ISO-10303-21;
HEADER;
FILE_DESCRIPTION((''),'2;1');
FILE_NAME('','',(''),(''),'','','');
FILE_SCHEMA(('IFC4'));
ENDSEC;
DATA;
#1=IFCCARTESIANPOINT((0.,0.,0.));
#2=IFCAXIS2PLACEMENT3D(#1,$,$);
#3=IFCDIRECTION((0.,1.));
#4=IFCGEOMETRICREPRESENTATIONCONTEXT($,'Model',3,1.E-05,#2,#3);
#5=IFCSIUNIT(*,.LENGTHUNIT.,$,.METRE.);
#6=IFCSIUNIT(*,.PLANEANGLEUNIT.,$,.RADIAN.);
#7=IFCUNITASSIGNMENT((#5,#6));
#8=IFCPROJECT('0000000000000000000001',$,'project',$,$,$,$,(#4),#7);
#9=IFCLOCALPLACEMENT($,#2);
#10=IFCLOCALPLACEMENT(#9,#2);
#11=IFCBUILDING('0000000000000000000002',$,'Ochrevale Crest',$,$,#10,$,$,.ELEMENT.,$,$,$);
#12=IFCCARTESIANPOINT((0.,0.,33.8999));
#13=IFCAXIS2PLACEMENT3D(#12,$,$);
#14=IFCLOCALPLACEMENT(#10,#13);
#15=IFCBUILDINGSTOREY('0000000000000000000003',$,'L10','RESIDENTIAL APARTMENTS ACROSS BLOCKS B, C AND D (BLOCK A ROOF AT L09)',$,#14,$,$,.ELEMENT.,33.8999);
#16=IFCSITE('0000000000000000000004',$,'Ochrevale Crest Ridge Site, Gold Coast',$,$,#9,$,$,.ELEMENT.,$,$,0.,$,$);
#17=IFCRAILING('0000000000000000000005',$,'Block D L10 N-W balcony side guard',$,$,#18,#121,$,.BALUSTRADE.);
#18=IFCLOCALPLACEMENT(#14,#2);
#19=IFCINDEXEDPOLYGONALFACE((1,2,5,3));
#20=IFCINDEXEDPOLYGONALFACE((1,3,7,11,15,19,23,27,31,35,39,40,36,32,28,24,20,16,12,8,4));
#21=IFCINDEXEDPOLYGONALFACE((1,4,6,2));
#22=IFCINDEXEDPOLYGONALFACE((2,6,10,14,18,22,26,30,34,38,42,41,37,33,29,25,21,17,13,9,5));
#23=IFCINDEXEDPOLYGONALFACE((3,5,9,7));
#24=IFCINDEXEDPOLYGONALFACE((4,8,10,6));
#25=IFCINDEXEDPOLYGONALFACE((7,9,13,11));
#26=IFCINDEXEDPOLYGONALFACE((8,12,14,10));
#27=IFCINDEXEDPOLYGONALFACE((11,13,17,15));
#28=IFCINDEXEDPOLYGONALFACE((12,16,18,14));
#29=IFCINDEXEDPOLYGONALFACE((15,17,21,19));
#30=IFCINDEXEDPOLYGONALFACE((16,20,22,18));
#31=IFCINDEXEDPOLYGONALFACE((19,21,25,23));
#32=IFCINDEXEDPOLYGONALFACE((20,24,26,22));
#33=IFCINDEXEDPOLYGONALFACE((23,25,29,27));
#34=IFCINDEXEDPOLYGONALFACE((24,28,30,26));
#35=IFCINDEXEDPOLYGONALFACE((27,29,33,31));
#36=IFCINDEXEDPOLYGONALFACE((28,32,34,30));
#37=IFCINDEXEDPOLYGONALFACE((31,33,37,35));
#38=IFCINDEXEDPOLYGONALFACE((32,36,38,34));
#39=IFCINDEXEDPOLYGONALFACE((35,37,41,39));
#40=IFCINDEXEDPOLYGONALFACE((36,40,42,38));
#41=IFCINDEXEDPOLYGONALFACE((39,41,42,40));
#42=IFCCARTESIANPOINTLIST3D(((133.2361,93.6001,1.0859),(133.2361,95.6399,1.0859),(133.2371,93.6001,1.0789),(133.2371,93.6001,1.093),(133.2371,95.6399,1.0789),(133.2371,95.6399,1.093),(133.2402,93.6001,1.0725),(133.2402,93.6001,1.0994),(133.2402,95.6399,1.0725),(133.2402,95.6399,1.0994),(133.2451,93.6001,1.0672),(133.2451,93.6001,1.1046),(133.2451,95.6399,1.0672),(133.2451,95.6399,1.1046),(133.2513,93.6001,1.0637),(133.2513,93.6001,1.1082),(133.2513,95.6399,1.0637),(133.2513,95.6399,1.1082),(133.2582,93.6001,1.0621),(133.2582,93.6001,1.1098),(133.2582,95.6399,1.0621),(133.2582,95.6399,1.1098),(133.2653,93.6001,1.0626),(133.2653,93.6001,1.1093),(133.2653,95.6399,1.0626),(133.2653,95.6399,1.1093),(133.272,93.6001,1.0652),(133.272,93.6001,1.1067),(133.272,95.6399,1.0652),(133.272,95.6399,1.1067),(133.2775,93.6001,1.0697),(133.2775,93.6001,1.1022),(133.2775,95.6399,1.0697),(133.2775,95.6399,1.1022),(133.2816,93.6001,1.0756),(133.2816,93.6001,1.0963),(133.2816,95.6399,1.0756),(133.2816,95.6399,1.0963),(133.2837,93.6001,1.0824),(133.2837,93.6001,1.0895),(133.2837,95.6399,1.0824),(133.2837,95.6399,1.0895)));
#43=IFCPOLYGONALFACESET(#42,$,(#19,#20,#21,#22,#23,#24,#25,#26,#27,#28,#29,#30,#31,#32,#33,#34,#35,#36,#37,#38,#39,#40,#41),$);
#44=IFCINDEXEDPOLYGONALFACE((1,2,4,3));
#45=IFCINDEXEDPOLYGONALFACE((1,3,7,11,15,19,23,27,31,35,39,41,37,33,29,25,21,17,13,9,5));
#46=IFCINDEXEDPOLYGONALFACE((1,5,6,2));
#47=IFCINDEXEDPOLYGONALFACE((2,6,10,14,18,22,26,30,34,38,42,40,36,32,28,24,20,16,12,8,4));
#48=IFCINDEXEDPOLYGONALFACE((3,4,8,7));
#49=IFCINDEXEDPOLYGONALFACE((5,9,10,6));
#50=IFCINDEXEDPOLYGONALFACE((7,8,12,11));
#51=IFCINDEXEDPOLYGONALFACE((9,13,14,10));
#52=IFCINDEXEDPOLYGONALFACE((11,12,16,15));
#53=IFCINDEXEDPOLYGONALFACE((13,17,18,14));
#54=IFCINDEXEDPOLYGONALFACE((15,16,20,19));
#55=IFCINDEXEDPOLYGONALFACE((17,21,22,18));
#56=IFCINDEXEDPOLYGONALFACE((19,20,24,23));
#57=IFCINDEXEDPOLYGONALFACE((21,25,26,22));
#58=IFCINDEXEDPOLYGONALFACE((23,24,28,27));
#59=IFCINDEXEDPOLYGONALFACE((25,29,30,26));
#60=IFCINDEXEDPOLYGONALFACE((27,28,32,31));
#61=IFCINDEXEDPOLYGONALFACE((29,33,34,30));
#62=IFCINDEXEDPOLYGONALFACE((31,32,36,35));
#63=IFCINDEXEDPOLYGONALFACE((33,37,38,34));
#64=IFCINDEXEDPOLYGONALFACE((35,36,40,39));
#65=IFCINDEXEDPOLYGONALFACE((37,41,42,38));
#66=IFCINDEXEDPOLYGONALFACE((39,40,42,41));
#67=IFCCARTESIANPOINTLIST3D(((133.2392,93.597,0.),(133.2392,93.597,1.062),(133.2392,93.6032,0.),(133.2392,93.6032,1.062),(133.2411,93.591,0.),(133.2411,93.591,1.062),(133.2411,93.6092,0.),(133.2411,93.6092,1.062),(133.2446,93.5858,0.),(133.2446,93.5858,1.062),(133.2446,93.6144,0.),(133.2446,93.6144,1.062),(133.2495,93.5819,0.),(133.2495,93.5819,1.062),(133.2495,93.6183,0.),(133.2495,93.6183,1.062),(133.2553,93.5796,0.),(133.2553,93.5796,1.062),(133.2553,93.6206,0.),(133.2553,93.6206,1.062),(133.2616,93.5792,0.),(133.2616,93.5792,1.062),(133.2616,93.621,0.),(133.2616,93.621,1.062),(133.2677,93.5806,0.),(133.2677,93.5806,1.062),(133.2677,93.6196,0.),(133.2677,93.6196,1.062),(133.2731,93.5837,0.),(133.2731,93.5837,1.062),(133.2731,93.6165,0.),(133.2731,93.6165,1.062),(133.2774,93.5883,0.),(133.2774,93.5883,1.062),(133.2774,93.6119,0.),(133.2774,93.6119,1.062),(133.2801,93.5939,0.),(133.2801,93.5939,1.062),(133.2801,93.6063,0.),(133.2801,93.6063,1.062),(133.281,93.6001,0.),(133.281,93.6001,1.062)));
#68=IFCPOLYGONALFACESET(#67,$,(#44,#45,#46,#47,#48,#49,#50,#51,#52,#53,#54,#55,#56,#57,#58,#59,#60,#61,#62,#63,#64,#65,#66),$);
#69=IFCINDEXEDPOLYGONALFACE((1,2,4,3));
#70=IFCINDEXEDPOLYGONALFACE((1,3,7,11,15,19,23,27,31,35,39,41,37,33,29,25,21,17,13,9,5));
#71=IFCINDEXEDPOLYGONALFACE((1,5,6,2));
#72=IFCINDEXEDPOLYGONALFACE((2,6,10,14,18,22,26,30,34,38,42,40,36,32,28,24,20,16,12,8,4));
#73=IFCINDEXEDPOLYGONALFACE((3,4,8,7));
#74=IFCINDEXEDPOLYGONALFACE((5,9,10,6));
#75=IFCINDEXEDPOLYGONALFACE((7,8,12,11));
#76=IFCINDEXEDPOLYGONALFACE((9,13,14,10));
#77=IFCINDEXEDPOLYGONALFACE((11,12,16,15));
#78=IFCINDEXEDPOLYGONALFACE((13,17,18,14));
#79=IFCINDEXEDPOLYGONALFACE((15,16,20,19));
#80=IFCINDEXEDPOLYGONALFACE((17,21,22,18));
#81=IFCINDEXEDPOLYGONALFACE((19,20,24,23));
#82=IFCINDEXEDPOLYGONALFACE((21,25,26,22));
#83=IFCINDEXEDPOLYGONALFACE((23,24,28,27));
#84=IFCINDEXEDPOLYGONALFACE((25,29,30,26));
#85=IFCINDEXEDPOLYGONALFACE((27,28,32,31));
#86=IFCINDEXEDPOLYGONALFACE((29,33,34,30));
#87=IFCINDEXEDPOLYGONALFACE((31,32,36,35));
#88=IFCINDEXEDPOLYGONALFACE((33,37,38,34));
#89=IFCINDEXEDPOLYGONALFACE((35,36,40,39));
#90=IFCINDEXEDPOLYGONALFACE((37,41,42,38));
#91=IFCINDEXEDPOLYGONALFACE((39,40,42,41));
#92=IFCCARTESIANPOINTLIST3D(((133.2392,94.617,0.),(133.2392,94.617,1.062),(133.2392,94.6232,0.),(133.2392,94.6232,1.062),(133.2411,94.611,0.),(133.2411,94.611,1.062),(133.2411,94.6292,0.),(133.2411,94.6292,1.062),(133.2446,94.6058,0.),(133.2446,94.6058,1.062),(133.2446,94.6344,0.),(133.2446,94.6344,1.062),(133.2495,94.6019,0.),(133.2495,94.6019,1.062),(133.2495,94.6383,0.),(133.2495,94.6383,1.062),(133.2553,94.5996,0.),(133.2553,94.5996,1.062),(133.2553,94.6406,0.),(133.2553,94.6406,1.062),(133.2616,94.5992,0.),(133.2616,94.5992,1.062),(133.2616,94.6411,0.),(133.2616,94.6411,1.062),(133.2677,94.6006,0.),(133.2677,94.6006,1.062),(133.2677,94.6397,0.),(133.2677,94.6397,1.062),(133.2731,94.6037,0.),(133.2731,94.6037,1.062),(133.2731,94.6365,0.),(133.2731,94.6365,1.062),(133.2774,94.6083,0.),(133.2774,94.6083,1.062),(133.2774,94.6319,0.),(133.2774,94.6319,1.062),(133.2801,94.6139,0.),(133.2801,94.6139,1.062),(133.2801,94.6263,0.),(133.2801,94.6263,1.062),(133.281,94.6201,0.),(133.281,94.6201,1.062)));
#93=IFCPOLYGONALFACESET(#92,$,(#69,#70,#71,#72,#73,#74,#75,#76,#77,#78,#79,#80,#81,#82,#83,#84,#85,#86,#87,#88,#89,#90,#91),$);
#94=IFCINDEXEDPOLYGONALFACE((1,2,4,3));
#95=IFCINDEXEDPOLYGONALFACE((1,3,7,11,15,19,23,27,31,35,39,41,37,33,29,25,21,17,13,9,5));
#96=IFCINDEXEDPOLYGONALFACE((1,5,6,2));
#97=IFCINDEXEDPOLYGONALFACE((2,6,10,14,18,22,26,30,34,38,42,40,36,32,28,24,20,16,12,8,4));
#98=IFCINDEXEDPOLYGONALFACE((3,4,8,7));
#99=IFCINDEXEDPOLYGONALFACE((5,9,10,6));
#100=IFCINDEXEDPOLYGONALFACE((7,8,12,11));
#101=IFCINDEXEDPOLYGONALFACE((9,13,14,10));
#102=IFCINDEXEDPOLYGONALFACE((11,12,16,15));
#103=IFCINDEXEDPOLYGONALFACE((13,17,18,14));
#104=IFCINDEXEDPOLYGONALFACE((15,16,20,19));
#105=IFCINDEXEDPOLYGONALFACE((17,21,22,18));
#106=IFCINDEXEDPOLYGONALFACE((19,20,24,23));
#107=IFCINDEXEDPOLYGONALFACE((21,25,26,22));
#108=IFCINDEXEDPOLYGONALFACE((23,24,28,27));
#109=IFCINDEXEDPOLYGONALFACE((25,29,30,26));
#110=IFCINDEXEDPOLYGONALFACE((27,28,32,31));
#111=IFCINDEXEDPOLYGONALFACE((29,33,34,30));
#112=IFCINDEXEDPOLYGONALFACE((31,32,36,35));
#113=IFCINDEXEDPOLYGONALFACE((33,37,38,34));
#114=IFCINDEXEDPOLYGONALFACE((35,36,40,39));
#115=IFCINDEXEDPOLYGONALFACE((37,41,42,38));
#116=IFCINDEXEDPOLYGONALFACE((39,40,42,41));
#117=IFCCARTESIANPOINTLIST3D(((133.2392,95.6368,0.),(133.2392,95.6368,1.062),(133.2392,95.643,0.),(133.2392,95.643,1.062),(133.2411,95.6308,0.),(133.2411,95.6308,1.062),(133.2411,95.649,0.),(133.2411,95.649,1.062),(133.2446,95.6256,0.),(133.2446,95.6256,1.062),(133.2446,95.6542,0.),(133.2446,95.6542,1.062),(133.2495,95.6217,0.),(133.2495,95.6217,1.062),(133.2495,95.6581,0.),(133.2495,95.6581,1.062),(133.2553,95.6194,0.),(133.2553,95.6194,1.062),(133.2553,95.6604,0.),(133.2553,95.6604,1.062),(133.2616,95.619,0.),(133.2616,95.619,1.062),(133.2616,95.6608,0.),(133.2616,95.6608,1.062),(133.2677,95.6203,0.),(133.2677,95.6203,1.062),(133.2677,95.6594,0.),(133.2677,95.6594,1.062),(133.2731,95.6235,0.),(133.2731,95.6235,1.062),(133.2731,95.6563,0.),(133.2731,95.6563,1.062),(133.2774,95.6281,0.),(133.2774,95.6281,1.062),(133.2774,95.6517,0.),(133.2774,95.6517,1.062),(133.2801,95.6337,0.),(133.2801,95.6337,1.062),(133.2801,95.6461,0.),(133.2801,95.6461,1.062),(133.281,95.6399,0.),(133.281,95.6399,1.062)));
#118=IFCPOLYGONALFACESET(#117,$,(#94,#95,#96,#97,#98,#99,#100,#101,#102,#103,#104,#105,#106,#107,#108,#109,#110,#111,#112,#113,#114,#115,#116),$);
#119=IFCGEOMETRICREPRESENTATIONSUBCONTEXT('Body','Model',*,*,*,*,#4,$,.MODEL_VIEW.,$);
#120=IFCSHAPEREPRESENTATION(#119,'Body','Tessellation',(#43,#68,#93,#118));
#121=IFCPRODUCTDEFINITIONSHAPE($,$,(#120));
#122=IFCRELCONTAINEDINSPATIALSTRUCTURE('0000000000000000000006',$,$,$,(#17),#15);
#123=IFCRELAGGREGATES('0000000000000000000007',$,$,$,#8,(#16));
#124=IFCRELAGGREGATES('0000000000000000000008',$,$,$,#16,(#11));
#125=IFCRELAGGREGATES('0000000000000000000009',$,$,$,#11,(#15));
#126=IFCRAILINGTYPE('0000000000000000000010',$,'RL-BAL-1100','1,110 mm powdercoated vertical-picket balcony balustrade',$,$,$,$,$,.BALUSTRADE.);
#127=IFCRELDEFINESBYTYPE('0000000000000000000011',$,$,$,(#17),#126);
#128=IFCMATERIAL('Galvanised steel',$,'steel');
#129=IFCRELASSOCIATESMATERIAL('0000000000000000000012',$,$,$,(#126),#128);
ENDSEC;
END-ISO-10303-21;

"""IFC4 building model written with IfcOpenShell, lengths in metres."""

from ifc_helpers import new_model, si_unit, direction, frame, origin, origin_2d, place, context, subcontext, project, spatial, circle, extrude, material, type_object, element, save


model = new_model("IFC4")

# Units and contexts
model_context = context("Model", 3, precision=1e-05, world=origin(), true_north=direction((0.0, 1.0)))
body_context = subcontext(model_context, "Body", "Model", "MODEL_VIEW")
ifc_project = project(units=[si_unit("LENGTHUNIT", "METRE"), si_unit("PLANEANGLEUNIT", "RADIAN")], contexts=[model_context])

# Site, building, storey
site_placement = place(None, origin())
site = spatial("IfcSite", under=ifc_project, at=site_placement, Name="Ochrevale Crest Ridge Site, Gold Coast", CompositionType="ELEMENT", RefElevation=0.0)
building_placement = place(site_placement, origin())
building = spatial("IfcBuilding", under=site, at=building_placement, Name="Ochrevale Crest", CompositionType="ELEMENT")
storey_placement = place(building_placement, frame((0.0, 0.0, 33.8999)))
storey = spatial("IfcBuildingStorey", under=building, at=storey_placement, Name="L10", Description="RESIDENTIAL APARTMENTS ACROSS BLOCKS B, C AND D (BLOCK A ROOF AT L09)", CompositionType="ELEMENT", Elevation=33.8999)

# Railing
ifc_material_1 = material(Name="Galvanised steel", Category="steel")
railing_type_1 = type_object("IfcRailingType", Name="RL-BAL-1100", Description="1,110 mm powdercoated vertical-picket balcony balustrade", PredefinedType="BALUSTRADE", material=ifc_material_1)
railing_1_placement = place(storey_placement, frame((133.26, 93.6001, 0.0)))
element("IfcRailing", 1, at=railing_1_placement, inside=storey, type_object=railing_type_1, Name="Block D L10 N-W balcony side guard", PredefinedType="BALUSTRADE", context=body_context, shape_type="SweptSolid", body=[
    extrude(circle(Radius=0.0239, at=origin_2d()), frame((0.0, 0.0, 1.0859), z_axis=(0.0, 1.0, 0.0), x_axis=(-1.0, 0.0, 0.0)), (0.0, 0.0, 1.0), 2.0398),
    extrude(circle(Radius=0.021, at=origin_2d()), origin(), (0.0, 0.0, 1.0), 1.062),
    extrude(circle(Radius=0.021, at=origin_2d()), frame((0.0, 1.02, 0.0)), (0.0, 0.0, 1.0), 1.062),
    extrude(circle(Radius=0.021, at=origin_2d()), frame((0.0, 2.0398, 0.0)), (0.0, 0.0, 1.0), 1.062),
])

save(model, "model.ifc")
